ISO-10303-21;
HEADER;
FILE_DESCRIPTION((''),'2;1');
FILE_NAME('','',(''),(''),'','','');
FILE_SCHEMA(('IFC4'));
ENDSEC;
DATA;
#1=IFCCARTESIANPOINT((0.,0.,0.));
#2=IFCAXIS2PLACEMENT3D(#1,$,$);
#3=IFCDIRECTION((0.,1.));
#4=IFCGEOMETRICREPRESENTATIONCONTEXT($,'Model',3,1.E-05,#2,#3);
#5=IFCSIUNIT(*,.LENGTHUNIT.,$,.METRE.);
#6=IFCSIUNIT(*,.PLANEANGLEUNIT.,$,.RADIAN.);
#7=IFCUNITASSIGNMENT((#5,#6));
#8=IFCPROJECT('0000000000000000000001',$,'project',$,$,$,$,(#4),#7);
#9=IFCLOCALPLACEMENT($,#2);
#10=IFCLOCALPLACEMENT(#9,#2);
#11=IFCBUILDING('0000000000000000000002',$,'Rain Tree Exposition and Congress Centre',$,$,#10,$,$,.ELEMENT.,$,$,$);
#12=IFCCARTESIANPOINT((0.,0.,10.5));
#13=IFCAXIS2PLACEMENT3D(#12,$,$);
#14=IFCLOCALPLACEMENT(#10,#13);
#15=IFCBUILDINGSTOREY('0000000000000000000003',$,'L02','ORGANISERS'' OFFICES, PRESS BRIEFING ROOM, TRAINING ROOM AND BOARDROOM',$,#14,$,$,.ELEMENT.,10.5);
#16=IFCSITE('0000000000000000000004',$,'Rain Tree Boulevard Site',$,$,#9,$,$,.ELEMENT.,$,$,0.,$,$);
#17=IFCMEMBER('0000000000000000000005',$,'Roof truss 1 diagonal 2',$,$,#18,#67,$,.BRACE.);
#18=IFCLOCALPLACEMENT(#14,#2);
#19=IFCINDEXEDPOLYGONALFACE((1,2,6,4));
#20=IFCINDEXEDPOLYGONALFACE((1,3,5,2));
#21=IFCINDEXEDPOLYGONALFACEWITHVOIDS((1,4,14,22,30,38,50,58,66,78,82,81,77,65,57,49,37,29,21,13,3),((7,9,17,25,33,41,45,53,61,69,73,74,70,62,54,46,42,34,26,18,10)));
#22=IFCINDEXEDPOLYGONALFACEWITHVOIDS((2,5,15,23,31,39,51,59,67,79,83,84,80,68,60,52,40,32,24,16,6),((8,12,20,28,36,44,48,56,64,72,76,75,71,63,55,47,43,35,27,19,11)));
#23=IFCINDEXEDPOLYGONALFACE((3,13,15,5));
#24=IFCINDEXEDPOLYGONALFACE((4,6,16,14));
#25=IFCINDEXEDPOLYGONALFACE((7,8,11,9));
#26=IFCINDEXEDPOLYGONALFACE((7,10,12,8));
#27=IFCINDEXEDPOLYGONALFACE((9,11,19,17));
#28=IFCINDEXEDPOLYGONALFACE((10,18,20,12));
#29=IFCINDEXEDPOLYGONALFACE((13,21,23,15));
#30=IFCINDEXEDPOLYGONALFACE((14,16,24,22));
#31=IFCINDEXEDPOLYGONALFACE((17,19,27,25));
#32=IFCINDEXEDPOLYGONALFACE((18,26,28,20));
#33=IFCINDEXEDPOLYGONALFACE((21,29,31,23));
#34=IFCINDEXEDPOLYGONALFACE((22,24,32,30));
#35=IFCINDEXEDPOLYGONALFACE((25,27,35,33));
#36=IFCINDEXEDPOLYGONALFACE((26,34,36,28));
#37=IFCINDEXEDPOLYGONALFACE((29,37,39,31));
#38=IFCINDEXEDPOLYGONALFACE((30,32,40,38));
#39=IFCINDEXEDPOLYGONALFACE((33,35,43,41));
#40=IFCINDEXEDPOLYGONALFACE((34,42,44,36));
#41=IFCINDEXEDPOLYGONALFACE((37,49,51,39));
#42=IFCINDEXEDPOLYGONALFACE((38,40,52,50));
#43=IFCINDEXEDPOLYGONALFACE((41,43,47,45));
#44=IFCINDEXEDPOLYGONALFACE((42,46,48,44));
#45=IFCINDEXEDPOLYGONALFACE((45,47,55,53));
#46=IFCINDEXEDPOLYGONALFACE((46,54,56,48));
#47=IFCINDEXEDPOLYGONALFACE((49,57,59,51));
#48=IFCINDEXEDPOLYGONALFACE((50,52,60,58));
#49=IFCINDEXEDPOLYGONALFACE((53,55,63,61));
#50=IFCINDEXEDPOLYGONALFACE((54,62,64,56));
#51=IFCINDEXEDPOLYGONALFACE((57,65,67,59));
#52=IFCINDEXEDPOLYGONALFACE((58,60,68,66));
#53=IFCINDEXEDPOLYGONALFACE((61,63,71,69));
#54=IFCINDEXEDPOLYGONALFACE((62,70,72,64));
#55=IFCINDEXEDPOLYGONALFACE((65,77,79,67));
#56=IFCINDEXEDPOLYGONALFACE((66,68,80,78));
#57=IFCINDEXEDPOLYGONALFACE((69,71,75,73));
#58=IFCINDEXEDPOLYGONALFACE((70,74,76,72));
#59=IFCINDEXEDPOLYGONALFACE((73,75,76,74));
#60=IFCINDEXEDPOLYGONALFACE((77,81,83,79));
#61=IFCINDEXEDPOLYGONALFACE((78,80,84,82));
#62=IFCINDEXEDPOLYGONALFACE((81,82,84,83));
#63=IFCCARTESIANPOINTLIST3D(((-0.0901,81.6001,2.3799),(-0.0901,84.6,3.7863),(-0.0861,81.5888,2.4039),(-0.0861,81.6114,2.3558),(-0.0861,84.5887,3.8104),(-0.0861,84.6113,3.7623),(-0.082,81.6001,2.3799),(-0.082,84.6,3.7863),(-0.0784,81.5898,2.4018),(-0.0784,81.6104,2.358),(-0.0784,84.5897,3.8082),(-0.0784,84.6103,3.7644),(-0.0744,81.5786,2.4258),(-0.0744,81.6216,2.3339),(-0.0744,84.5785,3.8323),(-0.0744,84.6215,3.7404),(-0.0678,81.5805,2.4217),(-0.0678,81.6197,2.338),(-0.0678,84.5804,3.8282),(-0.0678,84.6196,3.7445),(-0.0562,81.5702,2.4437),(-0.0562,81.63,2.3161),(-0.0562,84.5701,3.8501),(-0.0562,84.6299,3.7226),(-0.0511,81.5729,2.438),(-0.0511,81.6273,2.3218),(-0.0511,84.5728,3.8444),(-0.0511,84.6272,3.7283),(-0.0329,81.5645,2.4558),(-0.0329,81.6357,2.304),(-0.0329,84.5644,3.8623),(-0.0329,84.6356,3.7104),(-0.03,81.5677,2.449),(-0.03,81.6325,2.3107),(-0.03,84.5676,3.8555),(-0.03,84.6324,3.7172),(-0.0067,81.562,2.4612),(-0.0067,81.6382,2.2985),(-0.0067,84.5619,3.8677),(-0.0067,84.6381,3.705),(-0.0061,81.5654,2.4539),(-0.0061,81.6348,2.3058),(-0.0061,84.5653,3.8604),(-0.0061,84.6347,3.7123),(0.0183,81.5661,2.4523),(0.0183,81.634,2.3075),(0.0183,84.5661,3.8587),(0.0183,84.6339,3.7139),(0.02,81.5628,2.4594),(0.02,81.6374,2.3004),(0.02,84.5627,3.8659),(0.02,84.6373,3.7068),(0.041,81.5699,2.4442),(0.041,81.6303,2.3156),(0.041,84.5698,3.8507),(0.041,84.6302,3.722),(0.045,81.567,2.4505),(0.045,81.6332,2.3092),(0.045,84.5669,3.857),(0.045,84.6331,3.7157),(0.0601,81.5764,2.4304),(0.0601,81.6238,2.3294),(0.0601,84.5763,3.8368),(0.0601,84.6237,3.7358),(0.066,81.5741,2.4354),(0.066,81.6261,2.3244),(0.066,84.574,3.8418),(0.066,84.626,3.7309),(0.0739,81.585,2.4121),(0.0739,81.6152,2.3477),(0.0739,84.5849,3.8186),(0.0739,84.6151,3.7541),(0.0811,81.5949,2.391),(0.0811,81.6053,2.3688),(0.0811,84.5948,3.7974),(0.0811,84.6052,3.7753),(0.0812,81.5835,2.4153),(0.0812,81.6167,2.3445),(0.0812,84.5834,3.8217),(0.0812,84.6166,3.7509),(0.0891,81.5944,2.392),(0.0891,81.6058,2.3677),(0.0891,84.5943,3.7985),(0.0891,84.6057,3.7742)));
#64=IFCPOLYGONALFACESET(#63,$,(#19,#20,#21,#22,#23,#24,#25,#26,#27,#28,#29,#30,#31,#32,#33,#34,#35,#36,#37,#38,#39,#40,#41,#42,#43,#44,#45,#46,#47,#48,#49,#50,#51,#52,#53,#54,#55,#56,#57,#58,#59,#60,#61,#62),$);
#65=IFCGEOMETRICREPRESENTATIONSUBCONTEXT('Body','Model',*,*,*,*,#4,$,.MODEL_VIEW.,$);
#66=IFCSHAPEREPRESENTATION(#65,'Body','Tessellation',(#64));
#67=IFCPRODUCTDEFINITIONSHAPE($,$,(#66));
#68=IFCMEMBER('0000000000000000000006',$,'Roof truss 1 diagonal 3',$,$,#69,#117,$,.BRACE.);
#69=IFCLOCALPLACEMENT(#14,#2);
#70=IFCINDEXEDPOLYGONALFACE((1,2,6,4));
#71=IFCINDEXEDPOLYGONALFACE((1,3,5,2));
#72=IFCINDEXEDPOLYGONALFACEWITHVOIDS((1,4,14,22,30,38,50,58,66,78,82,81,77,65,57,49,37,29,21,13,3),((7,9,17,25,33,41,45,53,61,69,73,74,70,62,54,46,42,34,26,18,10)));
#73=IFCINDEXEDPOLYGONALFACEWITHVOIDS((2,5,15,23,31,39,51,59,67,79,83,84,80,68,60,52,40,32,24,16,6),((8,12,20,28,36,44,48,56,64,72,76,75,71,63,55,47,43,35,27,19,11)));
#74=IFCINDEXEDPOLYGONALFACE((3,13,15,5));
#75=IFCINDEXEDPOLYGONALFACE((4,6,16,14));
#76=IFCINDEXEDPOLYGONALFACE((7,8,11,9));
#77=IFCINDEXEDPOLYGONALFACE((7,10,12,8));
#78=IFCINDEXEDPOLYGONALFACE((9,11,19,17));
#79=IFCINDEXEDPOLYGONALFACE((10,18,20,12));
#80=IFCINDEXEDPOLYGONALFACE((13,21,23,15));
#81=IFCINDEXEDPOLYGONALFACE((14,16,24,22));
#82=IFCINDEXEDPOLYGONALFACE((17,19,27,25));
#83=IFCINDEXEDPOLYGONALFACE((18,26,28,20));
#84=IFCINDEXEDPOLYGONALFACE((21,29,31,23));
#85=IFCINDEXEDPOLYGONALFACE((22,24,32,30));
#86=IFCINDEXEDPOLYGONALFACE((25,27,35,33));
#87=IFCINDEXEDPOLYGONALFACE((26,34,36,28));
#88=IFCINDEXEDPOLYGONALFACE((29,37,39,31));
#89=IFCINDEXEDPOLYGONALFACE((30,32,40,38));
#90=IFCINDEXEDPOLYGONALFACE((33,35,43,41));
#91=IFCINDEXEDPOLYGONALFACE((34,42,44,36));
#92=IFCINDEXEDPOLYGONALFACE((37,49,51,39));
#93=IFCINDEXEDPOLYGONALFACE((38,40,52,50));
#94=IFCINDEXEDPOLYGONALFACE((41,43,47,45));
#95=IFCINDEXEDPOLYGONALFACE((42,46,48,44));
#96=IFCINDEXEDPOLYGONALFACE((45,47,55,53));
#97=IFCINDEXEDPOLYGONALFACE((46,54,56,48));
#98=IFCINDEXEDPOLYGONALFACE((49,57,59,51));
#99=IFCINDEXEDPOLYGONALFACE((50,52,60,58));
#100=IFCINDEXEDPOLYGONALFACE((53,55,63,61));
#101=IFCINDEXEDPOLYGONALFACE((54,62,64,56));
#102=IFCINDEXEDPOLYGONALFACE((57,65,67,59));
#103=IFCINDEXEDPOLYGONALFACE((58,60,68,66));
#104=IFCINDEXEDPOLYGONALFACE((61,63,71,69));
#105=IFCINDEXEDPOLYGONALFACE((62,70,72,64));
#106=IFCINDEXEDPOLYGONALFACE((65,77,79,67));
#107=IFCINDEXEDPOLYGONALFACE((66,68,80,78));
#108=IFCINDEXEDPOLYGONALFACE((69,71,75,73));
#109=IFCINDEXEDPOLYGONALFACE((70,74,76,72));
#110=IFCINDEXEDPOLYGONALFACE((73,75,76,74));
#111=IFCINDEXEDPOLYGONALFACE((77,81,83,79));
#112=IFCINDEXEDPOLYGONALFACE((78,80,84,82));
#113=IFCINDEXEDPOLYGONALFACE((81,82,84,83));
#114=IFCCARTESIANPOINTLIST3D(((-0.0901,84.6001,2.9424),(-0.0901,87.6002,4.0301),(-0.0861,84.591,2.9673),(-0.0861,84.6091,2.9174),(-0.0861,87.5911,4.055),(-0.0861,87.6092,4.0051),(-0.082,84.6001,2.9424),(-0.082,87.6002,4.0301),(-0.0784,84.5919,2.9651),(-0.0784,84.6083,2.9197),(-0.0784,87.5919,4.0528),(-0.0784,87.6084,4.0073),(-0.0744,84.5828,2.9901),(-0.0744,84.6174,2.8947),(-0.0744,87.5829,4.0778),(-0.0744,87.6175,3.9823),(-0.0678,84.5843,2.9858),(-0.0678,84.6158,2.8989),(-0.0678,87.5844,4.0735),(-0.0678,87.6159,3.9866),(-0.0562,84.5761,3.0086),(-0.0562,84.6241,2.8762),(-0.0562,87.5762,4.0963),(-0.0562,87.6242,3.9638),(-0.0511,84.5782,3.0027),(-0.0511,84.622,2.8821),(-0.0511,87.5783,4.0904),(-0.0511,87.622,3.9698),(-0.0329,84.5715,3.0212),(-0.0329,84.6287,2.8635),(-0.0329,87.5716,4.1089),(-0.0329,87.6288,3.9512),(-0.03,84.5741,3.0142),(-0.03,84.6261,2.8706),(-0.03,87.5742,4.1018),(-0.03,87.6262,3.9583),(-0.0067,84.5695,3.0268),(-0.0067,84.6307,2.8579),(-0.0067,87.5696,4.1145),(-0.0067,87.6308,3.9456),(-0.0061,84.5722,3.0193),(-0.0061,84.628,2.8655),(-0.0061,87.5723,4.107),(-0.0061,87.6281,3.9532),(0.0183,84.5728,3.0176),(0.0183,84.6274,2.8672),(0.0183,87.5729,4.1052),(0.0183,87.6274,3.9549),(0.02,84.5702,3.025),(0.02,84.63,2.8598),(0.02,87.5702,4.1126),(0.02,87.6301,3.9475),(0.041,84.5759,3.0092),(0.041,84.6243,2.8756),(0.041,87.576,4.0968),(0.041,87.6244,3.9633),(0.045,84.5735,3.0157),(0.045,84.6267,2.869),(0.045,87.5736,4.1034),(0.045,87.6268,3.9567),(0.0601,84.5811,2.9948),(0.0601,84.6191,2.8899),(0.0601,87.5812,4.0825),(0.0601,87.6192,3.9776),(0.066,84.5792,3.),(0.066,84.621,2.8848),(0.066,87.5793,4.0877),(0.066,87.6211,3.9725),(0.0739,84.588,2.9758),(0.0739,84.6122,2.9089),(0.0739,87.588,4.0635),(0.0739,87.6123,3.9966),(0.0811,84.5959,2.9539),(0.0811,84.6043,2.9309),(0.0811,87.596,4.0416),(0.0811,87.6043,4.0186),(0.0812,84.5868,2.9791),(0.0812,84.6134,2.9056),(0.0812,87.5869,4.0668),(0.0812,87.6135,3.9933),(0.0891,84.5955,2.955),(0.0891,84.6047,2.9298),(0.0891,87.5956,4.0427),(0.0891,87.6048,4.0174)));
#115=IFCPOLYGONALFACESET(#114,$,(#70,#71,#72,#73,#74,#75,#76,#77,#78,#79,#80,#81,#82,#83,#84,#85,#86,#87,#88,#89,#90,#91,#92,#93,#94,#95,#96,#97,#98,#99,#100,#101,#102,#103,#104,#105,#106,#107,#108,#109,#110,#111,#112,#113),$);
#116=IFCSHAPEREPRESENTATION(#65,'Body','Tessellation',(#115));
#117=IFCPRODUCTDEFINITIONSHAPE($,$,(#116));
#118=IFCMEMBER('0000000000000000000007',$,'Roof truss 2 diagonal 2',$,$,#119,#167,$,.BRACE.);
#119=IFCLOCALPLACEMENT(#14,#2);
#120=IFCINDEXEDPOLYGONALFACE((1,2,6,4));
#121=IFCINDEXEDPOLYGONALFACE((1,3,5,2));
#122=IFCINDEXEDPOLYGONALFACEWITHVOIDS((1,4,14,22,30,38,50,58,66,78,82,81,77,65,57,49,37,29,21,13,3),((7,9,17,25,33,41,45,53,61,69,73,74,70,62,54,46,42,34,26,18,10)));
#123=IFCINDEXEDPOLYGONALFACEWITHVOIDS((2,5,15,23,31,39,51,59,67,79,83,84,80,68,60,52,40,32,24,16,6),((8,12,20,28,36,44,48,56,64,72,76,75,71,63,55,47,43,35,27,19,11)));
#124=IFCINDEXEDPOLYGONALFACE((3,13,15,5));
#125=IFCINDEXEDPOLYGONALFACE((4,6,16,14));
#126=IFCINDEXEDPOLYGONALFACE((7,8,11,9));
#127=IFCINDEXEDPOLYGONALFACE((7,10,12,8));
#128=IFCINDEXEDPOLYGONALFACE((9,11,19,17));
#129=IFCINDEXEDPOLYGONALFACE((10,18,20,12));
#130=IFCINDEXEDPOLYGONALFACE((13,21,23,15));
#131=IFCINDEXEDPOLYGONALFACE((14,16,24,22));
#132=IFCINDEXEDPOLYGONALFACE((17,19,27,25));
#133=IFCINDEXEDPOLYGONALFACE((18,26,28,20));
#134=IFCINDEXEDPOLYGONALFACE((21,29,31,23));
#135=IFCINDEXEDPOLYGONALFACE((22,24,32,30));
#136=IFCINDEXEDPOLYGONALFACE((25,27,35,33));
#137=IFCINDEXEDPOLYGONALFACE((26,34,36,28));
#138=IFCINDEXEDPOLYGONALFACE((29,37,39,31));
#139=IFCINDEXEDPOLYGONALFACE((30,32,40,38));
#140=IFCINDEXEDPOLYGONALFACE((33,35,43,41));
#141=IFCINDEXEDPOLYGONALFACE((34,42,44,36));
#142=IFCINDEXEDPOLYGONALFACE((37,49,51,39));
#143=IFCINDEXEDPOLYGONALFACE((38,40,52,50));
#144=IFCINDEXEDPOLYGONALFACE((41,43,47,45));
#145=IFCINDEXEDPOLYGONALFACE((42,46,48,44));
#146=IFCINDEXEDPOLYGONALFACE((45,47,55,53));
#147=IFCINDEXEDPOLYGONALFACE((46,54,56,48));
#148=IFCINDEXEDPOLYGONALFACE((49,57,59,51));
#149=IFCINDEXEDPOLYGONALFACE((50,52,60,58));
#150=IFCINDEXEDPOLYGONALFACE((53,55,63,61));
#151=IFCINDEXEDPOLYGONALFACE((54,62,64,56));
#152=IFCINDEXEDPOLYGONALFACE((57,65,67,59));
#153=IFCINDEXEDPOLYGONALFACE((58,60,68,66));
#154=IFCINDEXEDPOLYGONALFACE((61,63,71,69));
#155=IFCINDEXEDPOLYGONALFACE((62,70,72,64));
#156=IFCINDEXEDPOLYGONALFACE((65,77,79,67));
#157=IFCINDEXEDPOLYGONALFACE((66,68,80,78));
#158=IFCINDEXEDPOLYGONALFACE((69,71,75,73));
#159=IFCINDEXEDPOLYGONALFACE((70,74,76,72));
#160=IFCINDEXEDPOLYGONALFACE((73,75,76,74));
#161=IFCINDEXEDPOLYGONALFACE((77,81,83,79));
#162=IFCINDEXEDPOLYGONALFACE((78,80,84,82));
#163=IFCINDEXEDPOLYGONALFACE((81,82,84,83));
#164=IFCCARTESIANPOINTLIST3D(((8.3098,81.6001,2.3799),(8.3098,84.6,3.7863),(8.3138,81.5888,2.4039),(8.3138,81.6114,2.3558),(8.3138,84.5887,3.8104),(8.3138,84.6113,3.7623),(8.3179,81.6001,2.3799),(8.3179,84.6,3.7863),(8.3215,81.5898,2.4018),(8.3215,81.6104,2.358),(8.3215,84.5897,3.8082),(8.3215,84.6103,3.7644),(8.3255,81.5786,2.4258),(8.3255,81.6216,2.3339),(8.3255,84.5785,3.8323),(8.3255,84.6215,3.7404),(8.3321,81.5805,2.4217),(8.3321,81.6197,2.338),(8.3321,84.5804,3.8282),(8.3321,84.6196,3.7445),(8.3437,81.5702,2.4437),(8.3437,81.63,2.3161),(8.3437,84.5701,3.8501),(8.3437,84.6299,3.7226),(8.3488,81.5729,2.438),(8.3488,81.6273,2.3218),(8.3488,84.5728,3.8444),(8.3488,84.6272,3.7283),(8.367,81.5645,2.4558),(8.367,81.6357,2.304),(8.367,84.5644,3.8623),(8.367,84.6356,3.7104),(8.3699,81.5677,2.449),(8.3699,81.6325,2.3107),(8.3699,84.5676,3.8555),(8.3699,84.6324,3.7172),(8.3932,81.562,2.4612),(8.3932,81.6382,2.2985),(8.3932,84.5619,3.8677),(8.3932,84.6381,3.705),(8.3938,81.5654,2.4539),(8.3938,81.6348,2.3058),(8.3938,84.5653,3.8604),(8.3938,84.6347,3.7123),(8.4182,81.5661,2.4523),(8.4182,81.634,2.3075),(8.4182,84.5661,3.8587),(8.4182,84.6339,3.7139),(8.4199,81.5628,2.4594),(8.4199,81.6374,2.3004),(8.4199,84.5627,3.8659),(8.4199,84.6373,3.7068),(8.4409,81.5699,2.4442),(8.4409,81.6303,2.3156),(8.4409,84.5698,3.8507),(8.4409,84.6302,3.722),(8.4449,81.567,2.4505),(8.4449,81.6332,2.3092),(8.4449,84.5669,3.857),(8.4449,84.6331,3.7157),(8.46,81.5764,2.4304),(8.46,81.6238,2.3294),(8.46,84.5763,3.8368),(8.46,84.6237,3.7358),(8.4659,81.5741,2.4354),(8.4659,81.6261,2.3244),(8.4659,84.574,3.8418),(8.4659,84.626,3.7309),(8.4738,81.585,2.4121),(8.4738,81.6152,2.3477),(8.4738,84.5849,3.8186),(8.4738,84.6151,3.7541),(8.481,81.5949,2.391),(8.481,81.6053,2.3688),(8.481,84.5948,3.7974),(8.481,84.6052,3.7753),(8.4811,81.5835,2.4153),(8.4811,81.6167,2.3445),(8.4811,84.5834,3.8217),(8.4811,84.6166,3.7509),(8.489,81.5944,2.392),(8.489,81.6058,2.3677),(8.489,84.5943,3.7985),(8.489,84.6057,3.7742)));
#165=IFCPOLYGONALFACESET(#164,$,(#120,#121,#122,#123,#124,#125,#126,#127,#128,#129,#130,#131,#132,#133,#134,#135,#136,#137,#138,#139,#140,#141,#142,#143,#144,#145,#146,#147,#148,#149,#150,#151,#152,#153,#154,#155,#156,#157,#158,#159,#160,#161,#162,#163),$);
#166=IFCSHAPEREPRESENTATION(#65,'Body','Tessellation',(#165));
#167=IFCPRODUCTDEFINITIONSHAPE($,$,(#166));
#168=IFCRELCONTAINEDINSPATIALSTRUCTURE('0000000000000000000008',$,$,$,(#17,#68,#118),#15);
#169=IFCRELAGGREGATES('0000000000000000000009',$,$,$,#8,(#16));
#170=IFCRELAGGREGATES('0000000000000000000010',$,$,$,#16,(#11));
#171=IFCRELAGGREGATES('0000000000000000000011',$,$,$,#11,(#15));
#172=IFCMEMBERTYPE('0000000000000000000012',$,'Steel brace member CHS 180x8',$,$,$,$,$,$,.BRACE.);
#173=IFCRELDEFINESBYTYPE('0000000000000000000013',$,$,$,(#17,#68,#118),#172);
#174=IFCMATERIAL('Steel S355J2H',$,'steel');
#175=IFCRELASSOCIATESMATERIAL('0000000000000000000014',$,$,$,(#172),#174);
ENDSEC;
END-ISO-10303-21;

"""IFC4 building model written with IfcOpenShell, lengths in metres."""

from ifc_helpers import new_model, si_unit, direction, frame, origin, origin_2d, place, context, subcontext, project, spatial, hollow_circle, extrude, material, material_profile, profile_set, type_object, element, save


model = new_model("IFC4")

# Units and contexts
model_context = context("Model", 3, precision=1e-05, world=origin(), true_north=direction((0.0, 1.0)))
body_context = subcontext(model_context, "Body", "Model", "MODEL_VIEW")
ifc_project = project(units=[si_unit("LENGTHUNIT", "METRE"), si_unit("PLANEANGLEUNIT", "RADIAN")], contexts=[model_context])

# Site, building, storey
site_placement = place(None, origin())
site = spatial("IfcSite", under=ifc_project, at=site_placement, Name="Rain Tree Boulevard Site", CompositionType="ELEMENT", RefElevation=0.0)
building_placement = place(site_placement, origin())
building = spatial("IfcBuilding", under=site, at=building_placement, Name="Rain Tree Exposition and Congress Centre", CompositionType="ELEMENT")
storey_placement = place(building_placement, frame((0.0, 0.0, 10.5)))
storey = spatial("IfcBuildingStorey", under=building, at=storey_placement, Name="L02", Description="ORGANISERS' OFFICES, PRESS BRIEFING ROOM, TRAINING ROOM AND BOARDROOM", CompositionType="ELEMENT", Elevation=10.5)

# Members
ifc_material_1 = material(Name="Steel S355J2H", Category="steel")
ifc_material_profile_1 = material_profile(ifc_material_1, hollow_circle(Radius=0.0901, WallThickness=0.0081, at=origin_2d()), Name="CHS 180x8")
ifc_profile_set_1 = profile_set([ifc_material_profile_1], Name="Steel S355J2H")
member_type_1 = type_object("IfcMemberType", Name="Steel brace member CHS 180x8", PredefinedType="BRACE", material=ifc_profile_set_1)
member_1_placement = place(storey_placement, frame((0.0, 81.6001, 2.3799), z_axis=(0.0, 0.905431, 0.424494), x_axis=(-1.0, 0.0, 0.0)))
element("IfcMember", 1, at=member_1_placement, inside=storey, type_object=member_type_1, Name="Roof truss 1 diagonal 2", PredefinedType="BRACE", context=body_context, shape_type="SweptSolid", body=[
    extrude(hollow_circle(Radius=0.0901, WallThickness=0.0081, at=origin_2d()), origin(), (0.0, 0.0, 1.0), 3.3132),
])
member_2_placement = place(storey_placement, frame((0.0, 84.6001, 2.9424), z_axis=(0.0, 0.940121, 0.34084), x_axis=(-1.0, 0.0, 0.0)))
element("IfcMember", 2, at=member_2_placement, inside=storey, type_object=member_type_1, Name="Roof truss 1 diagonal 3", PredefinedType="BRACE", context=body_context, shape_type="SweptSolid", body=[
    extrude(hollow_circle(Radius=0.0901, WallThickness=0.0081, at=origin_2d()), origin(), (0.0, 0.0, 1.0), 3.1912),
])
member_3_placement = place(storey_placement, frame((8.3999, 81.6001, 2.3799), z_axis=(0.0, 0.905431, 0.424494), x_axis=(-1.0, 0.0, 0.0)))
element("IfcMember", 3, at=member_3_placement, inside=storey, type_object=member_type_1, Name="Roof truss 2 diagonal 2", PredefinedType="BRACE", context=body_context, shape_type="SweptSolid", body=[
    extrude(hollow_circle(Radius=0.0901, WallThickness=0.0081, at=origin_2d()), origin(), (0.0, 0.0, 1.0), 3.3132),
])

save(model, "model.ifc")
